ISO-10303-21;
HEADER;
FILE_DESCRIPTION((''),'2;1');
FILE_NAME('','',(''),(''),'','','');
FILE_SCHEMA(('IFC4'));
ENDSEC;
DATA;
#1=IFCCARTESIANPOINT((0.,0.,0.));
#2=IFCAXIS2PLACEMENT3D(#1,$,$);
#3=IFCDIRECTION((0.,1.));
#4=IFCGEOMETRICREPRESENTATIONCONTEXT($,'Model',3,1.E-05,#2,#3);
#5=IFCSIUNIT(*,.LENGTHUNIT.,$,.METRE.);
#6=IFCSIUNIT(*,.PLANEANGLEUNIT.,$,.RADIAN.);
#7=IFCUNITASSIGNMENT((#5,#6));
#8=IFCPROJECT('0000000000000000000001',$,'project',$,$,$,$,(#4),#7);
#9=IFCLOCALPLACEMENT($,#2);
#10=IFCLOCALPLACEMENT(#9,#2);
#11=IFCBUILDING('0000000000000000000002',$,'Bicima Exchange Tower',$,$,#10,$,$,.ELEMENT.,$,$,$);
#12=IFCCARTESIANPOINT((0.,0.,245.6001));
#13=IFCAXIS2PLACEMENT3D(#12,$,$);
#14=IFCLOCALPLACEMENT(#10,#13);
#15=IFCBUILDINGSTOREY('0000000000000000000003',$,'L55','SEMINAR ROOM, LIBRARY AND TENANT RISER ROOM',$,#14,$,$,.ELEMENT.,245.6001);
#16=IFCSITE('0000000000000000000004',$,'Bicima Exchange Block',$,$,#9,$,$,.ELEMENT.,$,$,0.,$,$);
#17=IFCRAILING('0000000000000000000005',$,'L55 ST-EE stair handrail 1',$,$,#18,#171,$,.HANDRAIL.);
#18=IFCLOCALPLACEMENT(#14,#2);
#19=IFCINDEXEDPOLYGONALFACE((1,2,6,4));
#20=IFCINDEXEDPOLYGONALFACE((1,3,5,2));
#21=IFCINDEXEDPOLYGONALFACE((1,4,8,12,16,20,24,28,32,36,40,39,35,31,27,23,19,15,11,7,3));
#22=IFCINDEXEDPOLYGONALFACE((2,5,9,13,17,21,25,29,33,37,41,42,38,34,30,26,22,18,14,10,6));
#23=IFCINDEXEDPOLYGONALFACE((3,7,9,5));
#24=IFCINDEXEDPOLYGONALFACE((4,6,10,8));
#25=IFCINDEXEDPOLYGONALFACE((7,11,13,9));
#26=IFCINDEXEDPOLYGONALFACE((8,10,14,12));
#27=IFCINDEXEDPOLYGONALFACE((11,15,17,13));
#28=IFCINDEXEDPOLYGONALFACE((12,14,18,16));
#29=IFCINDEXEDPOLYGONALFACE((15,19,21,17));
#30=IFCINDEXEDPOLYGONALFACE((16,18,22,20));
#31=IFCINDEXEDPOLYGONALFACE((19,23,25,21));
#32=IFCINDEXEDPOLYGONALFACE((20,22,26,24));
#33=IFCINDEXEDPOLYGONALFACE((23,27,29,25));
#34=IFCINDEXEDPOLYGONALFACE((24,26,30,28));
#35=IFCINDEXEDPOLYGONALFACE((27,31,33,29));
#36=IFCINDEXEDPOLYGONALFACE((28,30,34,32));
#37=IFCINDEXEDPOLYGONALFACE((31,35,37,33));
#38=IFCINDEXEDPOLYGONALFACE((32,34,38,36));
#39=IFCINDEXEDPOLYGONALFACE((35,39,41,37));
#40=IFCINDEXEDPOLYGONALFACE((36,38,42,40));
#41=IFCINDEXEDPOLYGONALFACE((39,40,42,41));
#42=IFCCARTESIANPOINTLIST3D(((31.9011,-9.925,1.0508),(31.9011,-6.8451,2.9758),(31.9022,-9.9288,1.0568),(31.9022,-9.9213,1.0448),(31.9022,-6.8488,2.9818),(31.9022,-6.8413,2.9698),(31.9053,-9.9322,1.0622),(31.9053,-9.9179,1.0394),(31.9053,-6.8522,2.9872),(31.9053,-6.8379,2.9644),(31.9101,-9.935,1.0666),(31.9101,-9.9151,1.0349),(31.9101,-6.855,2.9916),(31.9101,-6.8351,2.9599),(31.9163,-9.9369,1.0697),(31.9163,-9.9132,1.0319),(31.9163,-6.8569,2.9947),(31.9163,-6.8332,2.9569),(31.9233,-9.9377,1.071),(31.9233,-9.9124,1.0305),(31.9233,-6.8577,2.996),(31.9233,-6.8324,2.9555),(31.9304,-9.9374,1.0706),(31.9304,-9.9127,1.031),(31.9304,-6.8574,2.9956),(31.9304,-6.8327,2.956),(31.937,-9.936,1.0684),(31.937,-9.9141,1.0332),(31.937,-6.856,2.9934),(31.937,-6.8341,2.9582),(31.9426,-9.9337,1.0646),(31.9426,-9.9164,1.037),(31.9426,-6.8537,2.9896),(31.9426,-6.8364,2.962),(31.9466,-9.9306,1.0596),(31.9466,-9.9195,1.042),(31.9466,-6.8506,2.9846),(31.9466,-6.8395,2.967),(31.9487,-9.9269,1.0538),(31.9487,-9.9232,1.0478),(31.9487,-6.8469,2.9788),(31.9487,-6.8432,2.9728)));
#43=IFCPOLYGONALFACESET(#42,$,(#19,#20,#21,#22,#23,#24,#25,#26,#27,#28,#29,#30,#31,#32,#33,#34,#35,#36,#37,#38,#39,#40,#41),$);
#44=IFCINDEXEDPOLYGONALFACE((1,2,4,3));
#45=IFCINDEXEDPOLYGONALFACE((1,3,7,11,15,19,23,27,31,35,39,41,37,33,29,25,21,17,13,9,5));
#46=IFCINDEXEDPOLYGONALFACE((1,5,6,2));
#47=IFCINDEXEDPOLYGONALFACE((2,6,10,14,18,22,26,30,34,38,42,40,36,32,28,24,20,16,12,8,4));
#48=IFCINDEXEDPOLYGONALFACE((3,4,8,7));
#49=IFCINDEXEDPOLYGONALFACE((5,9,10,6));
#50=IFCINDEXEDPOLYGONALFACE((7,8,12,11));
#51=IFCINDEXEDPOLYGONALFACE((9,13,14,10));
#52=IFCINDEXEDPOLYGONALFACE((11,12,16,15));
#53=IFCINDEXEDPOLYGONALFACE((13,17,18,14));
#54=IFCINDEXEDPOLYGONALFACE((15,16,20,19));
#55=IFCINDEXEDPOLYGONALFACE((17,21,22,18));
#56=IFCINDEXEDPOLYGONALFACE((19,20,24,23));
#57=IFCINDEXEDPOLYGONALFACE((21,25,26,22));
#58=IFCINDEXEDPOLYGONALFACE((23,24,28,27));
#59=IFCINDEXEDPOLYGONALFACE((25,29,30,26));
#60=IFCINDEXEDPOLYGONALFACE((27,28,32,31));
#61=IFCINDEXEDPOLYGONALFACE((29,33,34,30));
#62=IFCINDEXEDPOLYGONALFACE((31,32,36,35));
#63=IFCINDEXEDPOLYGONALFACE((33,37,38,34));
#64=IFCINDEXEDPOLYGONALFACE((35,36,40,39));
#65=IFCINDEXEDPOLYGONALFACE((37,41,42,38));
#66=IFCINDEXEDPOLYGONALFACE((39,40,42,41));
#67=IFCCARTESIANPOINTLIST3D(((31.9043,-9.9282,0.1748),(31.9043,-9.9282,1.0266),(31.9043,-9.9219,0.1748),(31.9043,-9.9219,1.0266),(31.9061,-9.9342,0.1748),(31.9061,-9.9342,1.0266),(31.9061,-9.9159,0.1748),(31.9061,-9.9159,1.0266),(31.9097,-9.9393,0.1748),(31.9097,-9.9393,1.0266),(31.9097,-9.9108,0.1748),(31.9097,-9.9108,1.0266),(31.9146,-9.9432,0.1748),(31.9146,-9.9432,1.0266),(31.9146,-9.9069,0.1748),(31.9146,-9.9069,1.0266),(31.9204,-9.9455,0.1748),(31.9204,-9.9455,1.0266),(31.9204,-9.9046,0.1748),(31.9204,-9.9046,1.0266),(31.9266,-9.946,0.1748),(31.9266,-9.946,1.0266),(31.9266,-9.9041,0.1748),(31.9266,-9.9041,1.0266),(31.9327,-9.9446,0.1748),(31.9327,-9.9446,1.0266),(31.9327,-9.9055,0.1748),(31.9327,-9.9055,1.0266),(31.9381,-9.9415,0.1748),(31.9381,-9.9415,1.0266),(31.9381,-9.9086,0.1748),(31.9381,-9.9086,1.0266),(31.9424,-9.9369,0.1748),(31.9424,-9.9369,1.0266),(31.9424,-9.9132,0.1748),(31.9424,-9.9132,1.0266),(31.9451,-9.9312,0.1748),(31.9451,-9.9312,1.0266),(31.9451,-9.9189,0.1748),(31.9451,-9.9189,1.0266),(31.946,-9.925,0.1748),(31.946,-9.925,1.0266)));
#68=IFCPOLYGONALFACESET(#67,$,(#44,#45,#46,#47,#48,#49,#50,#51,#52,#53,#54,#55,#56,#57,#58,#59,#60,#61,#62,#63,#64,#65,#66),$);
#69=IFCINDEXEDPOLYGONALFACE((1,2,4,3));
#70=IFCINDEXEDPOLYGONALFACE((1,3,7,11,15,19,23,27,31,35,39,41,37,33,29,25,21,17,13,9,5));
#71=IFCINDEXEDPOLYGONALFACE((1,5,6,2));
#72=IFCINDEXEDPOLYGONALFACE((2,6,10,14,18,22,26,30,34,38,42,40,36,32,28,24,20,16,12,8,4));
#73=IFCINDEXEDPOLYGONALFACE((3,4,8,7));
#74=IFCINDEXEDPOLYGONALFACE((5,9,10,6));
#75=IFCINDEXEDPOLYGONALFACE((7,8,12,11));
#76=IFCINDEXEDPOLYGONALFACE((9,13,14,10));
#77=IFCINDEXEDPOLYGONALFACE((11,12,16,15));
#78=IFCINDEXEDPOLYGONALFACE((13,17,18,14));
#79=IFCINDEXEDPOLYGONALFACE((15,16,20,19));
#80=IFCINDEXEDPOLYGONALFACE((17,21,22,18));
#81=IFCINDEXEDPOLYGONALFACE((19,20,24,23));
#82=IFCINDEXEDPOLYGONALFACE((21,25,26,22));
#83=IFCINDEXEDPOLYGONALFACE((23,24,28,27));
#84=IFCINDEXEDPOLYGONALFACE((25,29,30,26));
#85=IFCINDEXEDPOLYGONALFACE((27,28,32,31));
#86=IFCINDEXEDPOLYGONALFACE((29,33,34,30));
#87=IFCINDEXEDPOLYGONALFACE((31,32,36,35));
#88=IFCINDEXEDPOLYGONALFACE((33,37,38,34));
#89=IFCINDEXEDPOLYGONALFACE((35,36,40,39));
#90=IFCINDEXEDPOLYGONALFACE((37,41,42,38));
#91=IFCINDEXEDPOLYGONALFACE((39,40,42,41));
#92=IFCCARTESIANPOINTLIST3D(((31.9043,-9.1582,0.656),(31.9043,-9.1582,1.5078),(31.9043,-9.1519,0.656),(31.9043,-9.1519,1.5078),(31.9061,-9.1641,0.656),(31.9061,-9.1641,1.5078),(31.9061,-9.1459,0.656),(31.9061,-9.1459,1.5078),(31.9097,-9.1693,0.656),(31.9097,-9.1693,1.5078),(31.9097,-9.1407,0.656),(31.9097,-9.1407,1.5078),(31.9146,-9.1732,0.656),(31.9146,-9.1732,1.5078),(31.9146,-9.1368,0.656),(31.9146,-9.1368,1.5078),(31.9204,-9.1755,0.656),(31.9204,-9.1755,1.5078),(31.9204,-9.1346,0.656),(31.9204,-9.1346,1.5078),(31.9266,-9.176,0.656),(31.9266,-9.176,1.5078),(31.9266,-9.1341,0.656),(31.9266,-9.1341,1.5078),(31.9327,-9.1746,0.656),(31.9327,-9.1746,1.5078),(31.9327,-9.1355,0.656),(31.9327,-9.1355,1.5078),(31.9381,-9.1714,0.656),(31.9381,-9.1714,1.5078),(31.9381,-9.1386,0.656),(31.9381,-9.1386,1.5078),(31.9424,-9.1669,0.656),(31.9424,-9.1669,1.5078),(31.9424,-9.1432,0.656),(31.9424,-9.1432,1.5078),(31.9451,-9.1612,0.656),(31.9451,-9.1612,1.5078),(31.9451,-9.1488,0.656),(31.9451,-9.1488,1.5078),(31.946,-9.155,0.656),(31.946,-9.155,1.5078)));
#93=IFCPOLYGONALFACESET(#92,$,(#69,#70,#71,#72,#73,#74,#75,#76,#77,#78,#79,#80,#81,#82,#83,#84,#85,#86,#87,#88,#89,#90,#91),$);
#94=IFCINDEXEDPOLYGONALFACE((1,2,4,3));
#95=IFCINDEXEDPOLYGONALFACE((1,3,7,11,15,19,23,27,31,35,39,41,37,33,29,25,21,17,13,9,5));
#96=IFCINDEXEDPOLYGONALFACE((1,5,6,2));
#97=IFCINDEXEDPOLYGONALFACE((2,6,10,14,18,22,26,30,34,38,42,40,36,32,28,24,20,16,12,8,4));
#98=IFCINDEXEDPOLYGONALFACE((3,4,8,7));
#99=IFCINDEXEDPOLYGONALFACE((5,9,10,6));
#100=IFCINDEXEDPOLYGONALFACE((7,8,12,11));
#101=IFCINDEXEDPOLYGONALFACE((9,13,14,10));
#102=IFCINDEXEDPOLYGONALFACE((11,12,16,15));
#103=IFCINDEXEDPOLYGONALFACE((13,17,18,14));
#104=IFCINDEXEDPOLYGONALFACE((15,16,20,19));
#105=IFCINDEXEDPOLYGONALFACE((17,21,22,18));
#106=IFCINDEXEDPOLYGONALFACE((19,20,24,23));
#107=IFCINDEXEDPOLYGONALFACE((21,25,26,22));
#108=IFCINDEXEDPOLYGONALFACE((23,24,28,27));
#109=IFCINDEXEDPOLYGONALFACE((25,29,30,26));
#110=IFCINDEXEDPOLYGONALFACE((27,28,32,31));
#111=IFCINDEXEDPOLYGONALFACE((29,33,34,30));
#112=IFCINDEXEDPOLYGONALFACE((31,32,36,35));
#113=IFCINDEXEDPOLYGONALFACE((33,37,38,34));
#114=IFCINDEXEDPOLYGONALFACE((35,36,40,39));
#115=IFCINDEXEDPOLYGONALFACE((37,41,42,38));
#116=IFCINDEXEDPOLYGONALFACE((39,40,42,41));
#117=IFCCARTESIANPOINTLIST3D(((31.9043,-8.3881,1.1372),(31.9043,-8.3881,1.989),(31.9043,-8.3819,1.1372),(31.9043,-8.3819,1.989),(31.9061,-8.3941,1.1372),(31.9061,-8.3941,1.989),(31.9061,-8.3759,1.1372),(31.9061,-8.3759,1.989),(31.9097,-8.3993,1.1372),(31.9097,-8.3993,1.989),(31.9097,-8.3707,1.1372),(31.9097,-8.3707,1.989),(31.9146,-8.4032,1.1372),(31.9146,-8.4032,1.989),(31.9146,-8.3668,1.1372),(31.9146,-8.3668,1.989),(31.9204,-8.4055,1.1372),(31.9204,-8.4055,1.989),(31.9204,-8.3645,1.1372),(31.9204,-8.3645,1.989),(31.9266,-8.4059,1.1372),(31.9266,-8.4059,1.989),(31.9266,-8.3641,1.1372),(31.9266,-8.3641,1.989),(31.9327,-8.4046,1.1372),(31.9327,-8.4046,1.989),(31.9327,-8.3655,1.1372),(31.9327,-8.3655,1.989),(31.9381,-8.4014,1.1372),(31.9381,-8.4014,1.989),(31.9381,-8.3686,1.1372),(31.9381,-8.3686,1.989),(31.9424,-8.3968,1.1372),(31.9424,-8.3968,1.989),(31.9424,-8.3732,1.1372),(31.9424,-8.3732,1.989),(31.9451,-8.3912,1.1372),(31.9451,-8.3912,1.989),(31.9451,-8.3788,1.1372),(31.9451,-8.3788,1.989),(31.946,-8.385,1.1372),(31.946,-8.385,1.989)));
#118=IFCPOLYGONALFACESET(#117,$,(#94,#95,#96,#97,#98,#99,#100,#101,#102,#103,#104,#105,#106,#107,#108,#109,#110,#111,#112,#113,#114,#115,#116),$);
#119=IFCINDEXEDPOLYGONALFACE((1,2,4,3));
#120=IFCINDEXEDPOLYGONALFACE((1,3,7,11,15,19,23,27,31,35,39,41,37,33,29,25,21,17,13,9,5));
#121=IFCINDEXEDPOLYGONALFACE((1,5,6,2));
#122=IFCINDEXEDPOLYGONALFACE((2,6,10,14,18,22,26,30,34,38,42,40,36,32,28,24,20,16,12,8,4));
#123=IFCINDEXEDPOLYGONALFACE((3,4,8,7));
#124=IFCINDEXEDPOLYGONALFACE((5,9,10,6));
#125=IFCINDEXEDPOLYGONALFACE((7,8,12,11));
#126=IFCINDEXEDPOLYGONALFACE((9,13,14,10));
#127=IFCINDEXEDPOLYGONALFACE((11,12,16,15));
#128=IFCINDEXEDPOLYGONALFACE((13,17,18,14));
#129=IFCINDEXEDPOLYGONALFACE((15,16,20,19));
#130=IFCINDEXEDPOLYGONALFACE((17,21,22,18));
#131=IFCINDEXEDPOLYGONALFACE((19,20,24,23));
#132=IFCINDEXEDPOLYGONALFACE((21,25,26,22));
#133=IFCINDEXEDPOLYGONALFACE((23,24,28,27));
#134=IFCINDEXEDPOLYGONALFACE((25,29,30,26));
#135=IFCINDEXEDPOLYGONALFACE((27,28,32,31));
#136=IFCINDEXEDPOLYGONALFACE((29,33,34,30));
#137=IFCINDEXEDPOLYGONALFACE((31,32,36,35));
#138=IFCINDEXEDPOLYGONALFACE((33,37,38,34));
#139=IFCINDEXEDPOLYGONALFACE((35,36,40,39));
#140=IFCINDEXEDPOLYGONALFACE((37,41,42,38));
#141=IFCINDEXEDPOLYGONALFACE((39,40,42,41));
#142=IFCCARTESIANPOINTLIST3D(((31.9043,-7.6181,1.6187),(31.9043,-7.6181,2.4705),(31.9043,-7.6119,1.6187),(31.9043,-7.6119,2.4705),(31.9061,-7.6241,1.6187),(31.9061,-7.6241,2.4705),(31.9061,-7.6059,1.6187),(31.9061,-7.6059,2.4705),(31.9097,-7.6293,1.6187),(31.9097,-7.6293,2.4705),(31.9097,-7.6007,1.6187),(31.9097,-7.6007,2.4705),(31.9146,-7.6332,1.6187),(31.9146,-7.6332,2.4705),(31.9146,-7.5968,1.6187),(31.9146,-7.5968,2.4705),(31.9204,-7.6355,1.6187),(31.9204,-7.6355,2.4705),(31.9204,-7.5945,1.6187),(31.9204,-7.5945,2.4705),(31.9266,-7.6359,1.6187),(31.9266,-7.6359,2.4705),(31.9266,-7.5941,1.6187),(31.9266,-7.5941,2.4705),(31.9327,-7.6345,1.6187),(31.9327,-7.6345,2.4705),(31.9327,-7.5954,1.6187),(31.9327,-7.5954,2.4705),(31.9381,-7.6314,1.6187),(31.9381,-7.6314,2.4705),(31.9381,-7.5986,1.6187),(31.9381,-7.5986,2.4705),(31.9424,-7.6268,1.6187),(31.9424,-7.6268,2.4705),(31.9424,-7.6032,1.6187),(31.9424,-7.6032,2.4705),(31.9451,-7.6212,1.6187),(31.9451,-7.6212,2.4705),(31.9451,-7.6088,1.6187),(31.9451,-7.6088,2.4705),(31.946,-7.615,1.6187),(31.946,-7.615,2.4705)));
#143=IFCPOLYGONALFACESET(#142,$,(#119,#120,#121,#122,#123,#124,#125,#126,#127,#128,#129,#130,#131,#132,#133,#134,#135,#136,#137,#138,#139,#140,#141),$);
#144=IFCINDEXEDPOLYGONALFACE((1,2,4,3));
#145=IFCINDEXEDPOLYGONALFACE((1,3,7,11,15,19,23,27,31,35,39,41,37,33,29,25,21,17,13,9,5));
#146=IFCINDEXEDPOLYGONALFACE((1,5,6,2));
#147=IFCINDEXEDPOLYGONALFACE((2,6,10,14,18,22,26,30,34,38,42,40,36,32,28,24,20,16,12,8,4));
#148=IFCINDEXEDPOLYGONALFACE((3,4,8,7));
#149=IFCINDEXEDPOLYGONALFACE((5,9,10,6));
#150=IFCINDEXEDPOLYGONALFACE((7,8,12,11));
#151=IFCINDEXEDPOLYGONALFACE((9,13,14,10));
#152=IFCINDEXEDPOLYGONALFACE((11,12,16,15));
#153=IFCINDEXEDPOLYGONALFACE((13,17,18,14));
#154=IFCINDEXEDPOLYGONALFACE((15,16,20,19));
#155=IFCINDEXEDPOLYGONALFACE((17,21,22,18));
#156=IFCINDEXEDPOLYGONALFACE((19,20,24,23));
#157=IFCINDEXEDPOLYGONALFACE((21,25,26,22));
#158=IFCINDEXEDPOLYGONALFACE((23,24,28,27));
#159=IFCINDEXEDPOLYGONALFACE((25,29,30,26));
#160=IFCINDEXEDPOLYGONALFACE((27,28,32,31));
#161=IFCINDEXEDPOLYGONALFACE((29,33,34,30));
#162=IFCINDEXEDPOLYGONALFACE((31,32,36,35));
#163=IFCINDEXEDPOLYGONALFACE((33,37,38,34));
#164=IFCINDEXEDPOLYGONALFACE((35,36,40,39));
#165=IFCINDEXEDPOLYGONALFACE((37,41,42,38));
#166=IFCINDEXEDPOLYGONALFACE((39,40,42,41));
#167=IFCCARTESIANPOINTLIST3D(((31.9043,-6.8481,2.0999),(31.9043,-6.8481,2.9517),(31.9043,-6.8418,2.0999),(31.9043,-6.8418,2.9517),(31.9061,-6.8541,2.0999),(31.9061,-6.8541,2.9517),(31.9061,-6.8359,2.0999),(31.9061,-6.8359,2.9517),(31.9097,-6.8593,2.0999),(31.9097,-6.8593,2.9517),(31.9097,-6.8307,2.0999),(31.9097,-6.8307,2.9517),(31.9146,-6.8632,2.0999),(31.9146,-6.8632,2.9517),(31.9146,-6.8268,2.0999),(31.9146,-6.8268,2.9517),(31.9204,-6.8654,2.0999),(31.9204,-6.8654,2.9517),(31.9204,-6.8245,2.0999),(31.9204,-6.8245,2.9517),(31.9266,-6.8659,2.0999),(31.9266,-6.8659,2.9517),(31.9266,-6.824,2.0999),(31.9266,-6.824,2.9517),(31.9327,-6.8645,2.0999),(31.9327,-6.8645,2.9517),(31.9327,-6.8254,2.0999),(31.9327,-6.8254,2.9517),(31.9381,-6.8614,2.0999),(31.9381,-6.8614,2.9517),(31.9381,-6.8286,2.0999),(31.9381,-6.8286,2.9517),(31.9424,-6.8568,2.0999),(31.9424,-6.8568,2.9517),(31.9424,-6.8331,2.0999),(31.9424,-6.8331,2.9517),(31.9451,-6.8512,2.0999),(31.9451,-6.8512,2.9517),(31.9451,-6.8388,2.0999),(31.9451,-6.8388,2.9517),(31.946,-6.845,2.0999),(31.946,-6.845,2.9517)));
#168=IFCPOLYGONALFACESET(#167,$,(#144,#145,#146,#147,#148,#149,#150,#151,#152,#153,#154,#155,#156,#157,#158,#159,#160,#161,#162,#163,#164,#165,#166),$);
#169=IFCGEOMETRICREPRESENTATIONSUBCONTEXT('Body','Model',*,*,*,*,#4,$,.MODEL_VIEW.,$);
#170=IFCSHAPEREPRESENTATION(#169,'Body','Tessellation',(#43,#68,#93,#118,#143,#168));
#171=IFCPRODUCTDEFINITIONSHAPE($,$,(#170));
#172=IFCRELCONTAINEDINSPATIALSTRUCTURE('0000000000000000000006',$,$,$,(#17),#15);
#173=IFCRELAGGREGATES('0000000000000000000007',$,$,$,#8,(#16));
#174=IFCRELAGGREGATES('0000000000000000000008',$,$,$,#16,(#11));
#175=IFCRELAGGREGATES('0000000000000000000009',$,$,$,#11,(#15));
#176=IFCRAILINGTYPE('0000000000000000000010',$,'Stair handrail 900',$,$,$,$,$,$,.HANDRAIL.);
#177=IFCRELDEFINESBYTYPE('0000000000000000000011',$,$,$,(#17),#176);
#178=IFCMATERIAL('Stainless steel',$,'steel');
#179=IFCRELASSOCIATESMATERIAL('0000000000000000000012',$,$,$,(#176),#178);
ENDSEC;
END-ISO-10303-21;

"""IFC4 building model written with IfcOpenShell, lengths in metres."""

from ifc_helpers import new_model, si_unit, direction, frame, origin, origin_2d, place, context, subcontext, project, spatial, circle, extrude, material, type_object, element, save


model = new_model("IFC4")

# Units and contexts
model_context = context("Model", 3, precision=1e-05, world=origin(), true_north=direction((0.0, 1.0)))
body_context = subcontext(model_context, "Body", "Model", "MODEL_VIEW")
ifc_project = project(units=[si_unit("LENGTHUNIT", "METRE"), si_unit("PLANEANGLEUNIT", "RADIAN")], contexts=[model_context])

# Site, building, storey
site_placement = place(None, origin())
site = spatial("IfcSite", under=ifc_project, at=site_placement, Name="Bicima Exchange Block", CompositionType="ELEMENT", RefElevation=0.0)
building_placement = place(site_placement, origin())
building = spatial("IfcBuilding", under=site, at=building_placement, Name="Bicima Exchange Tower", CompositionType="ELEMENT")
storey_placement = place(building_placement, frame((0.0, 0.0, 245.6001)))
storey = spatial("IfcBuildingStorey", under=building, at=storey_placement, Name="L55", Description="SEMINAR ROOM, LIBRARY AND TENANT RISER ROOM", CompositionType="ELEMENT", Elevation=245.6001)

# Railing
ifc_material_1 = material(Name="Stainless steel", Category="steel")
railing_type_1 = type_object("IfcRailingType", Name="Stair handrail 900", PredefinedType="HANDRAIL", material=ifc_material_1)
railing_1_placement = place(storey_placement, frame((31.925, -9.925, 0.1748)))
element("IfcRailing", 1, at=railing_1_placement, inside=storey, type_object=railing_type_1, Name="L55 ST-EE stair handrail 1", PredefinedType="HANDRAIL", context=body_context, shape_type="SweptSolid", body=[
    extrude(circle(Radius=0.0239, at=origin_2d()), frame((0.0, 0.0, 0.876), z_axis=(0.0, 0.847998, 0.529999), x_axis=(-1.0, 0.0, 0.0)), (0.0, 0.0, 1.0), 3.6321),
    extrude(circle(Radius=0.021, at=origin_2d()), origin(), (0.0, 0.0, 1.0), 0.8518),
    extrude(circle(Radius=0.021, at=origin_2d()), frame((0.0, 0.77, 0.4812)), (0.0, 0.0, 1.0), 0.8518),
    extrude(circle(Radius=0.021, at=origin_2d()), frame((0.0, 1.54, 0.9624)), (0.0, 0.0, 1.0), 0.8518),
    extrude(circle(Radius=0.021, at=origin_2d()), frame((0.0, 2.3101, 1.4438)), (0.0, 0.0, 1.0), 0.8518),
    extrude(circle(Radius=0.021, at=origin_2d()), frame((0.0, 3.0801, 1.925)), (0.0, 0.0, 1.0), 0.8518),
])

save(model, "model.ifc")
